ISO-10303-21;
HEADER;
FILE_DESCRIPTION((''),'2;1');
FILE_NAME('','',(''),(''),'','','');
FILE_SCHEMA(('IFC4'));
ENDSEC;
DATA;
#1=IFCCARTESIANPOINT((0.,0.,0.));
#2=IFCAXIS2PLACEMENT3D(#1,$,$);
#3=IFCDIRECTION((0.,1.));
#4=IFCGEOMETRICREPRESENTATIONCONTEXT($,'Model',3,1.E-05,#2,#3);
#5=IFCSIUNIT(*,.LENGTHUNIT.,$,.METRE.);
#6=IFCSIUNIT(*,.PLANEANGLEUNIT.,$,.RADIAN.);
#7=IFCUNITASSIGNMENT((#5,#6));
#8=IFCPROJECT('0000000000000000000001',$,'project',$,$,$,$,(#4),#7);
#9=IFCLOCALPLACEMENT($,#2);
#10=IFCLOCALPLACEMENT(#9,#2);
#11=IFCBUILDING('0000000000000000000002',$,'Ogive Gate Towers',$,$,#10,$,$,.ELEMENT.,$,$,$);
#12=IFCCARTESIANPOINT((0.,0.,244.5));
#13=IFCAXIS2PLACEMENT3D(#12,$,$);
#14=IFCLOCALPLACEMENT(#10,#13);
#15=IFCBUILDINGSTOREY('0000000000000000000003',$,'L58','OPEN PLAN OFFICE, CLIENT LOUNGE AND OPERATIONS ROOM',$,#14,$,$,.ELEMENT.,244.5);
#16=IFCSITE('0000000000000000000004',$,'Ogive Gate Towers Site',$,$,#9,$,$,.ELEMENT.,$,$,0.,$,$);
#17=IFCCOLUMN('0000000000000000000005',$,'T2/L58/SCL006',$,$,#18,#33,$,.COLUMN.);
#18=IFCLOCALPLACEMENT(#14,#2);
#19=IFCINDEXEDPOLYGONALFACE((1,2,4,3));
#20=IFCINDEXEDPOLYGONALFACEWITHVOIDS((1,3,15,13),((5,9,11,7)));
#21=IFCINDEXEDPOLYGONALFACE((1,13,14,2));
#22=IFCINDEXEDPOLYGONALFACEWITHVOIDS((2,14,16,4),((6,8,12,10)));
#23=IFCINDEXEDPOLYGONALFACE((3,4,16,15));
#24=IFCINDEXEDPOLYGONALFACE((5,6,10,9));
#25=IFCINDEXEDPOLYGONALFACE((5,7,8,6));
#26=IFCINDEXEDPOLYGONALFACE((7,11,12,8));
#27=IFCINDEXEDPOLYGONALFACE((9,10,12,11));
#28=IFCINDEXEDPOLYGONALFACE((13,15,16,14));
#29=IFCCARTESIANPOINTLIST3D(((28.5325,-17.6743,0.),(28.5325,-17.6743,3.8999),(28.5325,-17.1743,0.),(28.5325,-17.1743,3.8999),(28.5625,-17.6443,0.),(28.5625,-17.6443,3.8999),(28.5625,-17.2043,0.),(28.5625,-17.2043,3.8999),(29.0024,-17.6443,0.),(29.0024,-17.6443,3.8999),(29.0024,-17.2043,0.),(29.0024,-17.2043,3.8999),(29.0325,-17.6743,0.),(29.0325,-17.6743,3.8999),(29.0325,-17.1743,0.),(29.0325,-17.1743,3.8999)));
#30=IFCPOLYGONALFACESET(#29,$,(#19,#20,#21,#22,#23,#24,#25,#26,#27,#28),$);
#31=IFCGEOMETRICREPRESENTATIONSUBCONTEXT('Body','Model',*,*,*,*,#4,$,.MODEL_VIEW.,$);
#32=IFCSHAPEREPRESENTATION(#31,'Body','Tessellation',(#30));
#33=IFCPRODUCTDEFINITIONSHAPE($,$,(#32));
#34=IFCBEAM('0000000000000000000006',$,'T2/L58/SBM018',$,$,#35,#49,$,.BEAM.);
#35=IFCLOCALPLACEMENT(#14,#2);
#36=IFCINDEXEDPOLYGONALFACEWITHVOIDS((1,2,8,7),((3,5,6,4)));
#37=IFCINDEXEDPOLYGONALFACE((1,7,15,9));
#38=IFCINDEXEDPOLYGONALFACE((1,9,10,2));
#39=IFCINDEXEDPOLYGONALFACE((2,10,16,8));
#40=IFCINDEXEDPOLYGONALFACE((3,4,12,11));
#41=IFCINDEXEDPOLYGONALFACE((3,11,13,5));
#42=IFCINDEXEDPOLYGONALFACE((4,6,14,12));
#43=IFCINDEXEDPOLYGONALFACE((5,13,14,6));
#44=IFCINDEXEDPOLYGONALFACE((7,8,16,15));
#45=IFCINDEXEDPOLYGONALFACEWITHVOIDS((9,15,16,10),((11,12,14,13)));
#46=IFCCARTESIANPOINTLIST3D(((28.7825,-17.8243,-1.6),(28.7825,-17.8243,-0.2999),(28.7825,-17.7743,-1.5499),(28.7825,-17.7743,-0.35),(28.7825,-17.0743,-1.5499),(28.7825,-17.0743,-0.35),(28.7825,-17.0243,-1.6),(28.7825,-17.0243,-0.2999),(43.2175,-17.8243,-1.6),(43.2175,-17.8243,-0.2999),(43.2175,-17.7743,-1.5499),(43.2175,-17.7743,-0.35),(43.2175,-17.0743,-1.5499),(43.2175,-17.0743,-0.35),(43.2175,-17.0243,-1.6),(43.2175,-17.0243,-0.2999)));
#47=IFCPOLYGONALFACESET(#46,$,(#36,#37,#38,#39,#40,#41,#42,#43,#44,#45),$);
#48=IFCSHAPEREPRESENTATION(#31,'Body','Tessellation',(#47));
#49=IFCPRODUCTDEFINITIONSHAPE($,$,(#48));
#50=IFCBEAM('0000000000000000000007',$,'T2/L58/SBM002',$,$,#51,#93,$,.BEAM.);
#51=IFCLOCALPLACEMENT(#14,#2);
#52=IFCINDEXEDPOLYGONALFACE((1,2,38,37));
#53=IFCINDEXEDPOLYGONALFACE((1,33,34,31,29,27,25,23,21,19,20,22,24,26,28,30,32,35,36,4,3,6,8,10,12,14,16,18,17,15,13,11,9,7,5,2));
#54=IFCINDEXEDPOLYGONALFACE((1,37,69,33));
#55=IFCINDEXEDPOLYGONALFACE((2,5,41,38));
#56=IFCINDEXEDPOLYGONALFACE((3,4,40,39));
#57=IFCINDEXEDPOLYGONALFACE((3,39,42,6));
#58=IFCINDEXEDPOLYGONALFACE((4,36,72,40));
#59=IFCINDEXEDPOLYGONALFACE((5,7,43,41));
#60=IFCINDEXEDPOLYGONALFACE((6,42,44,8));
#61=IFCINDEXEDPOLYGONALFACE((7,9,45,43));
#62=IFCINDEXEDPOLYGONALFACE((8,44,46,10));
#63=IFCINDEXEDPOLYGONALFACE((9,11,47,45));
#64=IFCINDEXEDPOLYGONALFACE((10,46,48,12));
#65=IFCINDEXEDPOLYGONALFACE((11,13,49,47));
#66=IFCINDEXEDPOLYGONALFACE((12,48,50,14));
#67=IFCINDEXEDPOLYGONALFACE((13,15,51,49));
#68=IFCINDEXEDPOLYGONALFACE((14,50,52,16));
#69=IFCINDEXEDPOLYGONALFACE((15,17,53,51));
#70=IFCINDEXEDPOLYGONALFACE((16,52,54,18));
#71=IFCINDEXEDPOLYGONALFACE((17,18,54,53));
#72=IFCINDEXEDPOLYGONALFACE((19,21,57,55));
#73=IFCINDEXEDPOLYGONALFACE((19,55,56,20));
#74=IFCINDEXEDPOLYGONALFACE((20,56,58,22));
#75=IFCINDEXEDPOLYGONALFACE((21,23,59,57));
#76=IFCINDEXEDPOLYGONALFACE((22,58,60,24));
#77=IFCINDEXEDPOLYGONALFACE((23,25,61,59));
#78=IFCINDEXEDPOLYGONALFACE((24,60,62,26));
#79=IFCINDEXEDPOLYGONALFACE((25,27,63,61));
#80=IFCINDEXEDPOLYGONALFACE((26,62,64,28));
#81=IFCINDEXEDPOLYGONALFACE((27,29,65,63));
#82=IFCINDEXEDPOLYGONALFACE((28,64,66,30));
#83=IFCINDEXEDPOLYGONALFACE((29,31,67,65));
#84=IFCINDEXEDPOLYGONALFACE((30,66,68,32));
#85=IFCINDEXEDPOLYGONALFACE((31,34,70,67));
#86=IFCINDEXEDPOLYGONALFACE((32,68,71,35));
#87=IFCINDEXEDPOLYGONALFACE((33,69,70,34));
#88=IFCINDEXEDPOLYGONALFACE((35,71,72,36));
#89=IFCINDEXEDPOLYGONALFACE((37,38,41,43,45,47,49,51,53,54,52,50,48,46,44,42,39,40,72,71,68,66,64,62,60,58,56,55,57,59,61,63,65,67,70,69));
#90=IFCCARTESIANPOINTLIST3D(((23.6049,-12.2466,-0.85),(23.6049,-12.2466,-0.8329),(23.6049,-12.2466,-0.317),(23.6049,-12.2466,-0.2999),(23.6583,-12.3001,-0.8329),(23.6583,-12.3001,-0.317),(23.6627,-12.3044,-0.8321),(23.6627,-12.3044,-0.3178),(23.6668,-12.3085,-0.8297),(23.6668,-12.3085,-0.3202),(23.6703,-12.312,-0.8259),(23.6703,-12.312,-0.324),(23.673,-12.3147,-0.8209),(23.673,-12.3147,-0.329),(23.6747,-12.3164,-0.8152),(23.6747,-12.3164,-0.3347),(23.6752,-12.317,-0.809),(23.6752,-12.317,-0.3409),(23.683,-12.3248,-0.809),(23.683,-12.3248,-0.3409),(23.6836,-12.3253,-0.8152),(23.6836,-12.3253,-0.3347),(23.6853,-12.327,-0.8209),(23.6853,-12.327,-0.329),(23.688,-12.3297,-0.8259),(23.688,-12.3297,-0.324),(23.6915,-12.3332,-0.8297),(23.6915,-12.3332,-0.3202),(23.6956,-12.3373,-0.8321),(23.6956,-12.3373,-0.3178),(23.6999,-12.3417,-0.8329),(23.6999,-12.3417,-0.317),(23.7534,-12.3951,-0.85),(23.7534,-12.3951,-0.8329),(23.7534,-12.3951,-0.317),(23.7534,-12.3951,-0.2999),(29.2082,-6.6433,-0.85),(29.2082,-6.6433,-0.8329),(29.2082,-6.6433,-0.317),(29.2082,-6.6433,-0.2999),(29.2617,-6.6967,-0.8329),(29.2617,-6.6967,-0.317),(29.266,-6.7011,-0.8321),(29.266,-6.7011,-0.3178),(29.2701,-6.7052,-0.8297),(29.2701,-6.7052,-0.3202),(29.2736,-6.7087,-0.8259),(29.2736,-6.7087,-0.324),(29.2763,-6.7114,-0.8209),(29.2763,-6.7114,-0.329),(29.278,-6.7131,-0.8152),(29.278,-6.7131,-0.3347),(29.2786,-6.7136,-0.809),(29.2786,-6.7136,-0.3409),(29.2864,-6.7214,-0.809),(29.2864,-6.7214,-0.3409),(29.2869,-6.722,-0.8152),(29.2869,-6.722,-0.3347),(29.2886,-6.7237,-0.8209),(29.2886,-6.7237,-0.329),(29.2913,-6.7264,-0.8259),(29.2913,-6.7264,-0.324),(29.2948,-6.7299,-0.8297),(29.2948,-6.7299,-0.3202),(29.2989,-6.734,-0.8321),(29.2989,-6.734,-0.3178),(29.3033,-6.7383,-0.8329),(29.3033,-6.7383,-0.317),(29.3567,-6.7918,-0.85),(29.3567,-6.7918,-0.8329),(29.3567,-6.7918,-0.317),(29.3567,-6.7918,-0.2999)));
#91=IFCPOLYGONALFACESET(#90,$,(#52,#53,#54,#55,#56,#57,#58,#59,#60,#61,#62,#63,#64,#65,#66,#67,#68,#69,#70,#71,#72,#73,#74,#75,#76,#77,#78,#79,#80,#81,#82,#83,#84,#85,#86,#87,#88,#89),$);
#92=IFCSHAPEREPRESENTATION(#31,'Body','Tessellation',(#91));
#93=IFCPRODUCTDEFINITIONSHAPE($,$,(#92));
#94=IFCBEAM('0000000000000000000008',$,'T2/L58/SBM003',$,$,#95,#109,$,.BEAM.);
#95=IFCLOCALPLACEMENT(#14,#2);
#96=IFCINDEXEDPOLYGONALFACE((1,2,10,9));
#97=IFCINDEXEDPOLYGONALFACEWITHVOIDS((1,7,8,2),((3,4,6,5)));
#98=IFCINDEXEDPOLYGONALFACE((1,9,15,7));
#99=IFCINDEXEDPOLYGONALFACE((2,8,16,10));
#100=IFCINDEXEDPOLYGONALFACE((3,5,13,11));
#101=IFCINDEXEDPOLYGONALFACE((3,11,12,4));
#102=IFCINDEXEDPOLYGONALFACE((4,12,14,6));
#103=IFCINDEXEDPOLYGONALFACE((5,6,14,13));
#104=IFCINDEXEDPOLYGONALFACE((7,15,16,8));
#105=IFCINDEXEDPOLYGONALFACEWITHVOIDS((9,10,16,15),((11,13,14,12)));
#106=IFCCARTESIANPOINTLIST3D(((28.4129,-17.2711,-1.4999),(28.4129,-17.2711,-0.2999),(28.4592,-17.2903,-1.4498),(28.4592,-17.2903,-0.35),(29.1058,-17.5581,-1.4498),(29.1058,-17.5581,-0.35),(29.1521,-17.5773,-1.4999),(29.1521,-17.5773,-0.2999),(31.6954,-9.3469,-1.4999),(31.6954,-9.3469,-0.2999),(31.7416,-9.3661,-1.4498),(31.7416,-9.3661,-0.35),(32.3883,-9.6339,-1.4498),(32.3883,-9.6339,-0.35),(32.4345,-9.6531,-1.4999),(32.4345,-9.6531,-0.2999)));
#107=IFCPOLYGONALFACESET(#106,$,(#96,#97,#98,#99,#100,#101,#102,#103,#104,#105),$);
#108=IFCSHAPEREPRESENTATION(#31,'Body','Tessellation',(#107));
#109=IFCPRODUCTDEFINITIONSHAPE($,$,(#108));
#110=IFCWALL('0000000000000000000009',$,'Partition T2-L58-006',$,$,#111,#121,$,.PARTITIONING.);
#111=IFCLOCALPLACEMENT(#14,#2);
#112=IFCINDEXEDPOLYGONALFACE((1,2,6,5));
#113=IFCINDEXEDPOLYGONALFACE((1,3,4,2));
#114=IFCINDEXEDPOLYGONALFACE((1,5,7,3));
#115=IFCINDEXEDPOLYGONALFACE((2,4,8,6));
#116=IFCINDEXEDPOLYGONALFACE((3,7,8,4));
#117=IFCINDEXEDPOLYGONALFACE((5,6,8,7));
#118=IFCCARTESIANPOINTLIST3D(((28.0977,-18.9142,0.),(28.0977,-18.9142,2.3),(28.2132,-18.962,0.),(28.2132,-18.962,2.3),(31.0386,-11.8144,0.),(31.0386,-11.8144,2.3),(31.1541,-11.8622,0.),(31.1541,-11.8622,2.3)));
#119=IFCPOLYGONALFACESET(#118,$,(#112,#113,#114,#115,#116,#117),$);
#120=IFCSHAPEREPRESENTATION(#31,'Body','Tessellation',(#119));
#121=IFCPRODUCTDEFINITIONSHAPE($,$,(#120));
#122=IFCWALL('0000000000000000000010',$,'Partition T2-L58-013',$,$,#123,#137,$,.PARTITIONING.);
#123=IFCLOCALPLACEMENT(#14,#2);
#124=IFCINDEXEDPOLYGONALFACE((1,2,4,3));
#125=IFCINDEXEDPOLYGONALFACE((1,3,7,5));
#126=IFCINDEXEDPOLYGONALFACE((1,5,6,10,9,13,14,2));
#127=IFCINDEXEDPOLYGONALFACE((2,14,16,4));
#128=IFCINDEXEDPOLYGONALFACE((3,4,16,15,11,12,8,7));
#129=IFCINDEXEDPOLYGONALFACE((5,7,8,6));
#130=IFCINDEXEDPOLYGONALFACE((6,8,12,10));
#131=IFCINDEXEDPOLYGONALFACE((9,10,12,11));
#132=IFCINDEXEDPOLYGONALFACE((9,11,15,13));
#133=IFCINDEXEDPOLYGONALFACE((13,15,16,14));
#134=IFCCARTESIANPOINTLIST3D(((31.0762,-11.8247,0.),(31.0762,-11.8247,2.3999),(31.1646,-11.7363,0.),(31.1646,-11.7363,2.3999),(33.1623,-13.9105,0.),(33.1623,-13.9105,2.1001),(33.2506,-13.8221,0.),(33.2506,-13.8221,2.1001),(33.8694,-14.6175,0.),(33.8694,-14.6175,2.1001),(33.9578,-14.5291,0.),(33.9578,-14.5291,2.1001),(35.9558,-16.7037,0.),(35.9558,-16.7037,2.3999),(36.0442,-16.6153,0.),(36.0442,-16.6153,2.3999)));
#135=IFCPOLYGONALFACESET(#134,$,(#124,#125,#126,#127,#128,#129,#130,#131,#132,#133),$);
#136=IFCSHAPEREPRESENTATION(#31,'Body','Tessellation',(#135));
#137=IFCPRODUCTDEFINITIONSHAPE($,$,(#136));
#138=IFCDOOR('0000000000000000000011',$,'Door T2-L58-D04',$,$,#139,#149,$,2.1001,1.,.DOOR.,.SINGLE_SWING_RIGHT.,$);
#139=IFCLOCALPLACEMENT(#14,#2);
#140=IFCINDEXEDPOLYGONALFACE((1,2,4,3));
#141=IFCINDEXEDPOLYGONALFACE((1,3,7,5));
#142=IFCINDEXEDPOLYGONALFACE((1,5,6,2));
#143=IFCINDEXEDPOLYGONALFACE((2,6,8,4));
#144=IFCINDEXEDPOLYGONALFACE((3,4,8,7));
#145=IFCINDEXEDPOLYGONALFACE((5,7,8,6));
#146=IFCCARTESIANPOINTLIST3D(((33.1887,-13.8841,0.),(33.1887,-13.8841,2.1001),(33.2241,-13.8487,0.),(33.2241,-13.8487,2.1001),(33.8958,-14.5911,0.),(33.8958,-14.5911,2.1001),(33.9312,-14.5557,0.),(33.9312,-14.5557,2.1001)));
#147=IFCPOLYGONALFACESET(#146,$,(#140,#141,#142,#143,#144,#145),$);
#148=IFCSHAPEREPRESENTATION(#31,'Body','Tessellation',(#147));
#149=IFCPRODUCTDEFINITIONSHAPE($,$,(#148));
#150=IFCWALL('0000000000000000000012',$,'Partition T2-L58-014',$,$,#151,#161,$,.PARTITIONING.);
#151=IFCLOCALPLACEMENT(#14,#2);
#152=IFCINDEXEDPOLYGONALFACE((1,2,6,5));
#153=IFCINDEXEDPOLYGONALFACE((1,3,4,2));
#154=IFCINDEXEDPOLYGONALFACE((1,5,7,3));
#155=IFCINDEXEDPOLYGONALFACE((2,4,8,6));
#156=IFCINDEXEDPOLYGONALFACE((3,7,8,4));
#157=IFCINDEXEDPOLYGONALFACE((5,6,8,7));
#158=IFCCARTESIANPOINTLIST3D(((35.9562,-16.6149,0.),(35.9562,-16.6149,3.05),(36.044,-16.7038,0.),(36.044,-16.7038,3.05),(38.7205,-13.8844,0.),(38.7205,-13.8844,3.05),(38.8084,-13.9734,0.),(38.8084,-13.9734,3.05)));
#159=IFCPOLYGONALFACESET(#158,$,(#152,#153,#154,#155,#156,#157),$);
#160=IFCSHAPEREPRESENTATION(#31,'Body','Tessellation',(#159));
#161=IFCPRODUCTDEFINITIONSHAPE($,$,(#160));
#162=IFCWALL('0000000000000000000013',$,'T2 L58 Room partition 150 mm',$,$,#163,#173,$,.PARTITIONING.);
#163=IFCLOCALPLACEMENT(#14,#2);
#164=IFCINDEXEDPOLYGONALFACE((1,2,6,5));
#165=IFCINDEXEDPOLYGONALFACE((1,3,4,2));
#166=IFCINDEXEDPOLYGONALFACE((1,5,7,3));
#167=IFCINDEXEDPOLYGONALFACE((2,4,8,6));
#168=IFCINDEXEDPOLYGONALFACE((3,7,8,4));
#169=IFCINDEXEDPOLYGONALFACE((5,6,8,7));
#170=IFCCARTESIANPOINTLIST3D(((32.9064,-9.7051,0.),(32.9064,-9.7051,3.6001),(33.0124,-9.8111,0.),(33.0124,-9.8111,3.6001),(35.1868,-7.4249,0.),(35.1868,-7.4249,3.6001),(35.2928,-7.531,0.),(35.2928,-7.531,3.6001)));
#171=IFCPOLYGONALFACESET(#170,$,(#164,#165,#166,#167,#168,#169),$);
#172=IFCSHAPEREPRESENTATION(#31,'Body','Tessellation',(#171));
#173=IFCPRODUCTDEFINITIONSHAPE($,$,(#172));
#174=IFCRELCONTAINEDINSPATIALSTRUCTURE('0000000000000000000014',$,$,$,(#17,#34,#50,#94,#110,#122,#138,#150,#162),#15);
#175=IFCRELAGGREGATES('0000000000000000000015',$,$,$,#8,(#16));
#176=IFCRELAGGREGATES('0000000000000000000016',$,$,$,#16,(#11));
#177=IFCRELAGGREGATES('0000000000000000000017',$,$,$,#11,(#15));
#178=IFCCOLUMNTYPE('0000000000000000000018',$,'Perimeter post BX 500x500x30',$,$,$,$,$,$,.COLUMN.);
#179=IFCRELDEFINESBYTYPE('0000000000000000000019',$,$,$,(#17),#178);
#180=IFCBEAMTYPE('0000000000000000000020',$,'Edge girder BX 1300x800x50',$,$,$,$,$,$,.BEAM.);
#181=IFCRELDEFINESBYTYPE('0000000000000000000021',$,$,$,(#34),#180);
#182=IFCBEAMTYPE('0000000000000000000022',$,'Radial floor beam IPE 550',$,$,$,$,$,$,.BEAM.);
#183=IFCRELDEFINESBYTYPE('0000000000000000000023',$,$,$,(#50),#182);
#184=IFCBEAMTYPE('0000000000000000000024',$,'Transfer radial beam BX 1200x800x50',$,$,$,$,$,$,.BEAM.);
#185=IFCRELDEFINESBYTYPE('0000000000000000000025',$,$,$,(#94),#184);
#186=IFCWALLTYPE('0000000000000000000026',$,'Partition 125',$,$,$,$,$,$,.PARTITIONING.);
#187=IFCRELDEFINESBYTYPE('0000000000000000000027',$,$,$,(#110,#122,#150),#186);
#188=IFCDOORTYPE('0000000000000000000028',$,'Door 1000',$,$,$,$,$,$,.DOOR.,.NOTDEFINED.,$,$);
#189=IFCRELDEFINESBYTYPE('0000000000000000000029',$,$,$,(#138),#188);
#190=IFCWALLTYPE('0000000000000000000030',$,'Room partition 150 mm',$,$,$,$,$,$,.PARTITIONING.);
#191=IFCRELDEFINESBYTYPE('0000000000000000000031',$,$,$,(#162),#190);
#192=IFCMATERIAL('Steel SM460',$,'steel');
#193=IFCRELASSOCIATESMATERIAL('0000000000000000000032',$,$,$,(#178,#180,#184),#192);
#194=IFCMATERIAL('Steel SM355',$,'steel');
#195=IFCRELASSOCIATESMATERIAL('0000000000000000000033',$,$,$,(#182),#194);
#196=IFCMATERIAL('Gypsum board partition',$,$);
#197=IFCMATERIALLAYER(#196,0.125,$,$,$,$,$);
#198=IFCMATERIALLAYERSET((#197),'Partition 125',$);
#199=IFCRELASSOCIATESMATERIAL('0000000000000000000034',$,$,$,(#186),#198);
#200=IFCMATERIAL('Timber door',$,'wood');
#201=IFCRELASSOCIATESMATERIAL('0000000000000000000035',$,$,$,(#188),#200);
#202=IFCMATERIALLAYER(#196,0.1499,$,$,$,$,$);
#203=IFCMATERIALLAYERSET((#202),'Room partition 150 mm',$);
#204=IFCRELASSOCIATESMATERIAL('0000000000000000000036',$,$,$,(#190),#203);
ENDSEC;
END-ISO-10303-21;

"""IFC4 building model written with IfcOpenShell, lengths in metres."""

from ifc_helpers import new_model, si_unit, direction, frame, frame_2d, origin, origin_2d, place, context, subcontext, project, spatial, rectangle, hollow_rectangle, i_section, extrude, material, layer, layer_set, material_profile, profile_set, type_object, element, fill, save


model = new_model("IFC4")

# Units and contexts
model_context = context("Model", 3, precision=1e-05, world=origin(), true_north=direction((0.0, 1.0)))
body_context = subcontext(model_context, "Body", "Model", "MODEL_VIEW")
ifc_project = project(units=[si_unit("LENGTHUNIT", "METRE"), si_unit("PLANEANGLEUNIT", "RADIAN")], contexts=[model_context])

# Site, building, storey
site_placement = place(None, origin())
site = spatial("IfcSite", under=ifc_project, at=site_placement, Name="Ogive Gate Towers Site", CompositionType="ELEMENT", RefElevation=0.0)
building_placement = place(site_placement, origin())
building = spatial("IfcBuilding", under=site, at=building_placement, Name="Ogive Gate Towers", CompositionType="ELEMENT")
storey_placement = place(building_placement, frame((0.0, 0.0, 244.5)))
storey = spatial("IfcBuildingStorey", under=building, at=storey_placement, Name="L58", Description="OPEN PLAN OFFICE, CLIENT LOUNGE AND OPERATIONS ROOM", CompositionType="ELEMENT", Elevation=244.5)

# Column
ifc_material_1 = material(Name="Steel SM460", Category="steel")
ifc_material_profile_1 = material_profile(ifc_material_1, hollow_rectangle(XDim=0.5, YDim=0.5, WallThickness=0.03, at=origin_2d()), Name="BX 500x500x30")
ifc_profile_set_1 = profile_set([ifc_material_profile_1], Name="Steel SM460")
column_type = type_object("IfcColumnType", Name="Perimeter post BX 500x500x30", PredefinedType="COLUMN", material=ifc_profile_set_1)
column_placement = place(storey_placement, frame((28.7825, -17.4243, 0.0), z_axis=(0.0, 0.0, 1.0), x_axis=(1.0, 0.0, 0.0)))
element("IfcColumn", 1, at=column_placement, inside=storey, type_object=column_type, Name="T2/L58/SCL006", PredefinedType="COLUMN", context=body_context, shape_type="SweptSolid", body=[
    extrude(hollow_rectangle(XDim=0.5, YDim=0.5, WallThickness=0.03, at=origin_2d()), origin(), (0.0, 0.0, 1.0), 3.8999),
])

# Beams
ifc_material_profile_2 = material_profile(ifc_material_1, hollow_rectangle(XDim=0.8, YDim=1.3, WallThickness=0.05, at=origin_2d()), Name="BX 1300x800x50")
ifc_profile_set_2 = profile_set([ifc_material_profile_2], Name="Steel SM460")
beam_type_1 = type_object("IfcBeamType", Name="Edge girder BX 1300x800x50", PredefinedType="BEAM", material=ifc_profile_set_2)
beam_1_placement = place(storey_placement, frame((28.7825, -17.4243, -0.95), z_axis=(1.0, 0.0, 0.0), x_axis=(0.0, 1.0, 0.0)))
element("IfcBeam", 2, at=beam_1_placement, inside=storey, type_object=beam_type_1, Name="T2/L58/SBM018", PredefinedType="BEAM", context=body_context, shape_type="SweptSolid", body=[
    extrude(hollow_rectangle(XDim=0.8, YDim=1.3, WallThickness=0.05, at=origin_2d()), origin(), (0.0, 0.0, 1.0), 14.4351),
])
ifc_material_2 = material(Name="Steel SM355", Category="steel")
ifc_material_profile_3 = material_profile(ifc_material_2, i_section(OverallWidth=0.21, OverallDepth=0.55, WebThickness=0.011, FlangeThickness=0.0171, FilletRadius=0.0239, at=origin_2d()), Name="IPE 550")
ifc_profile_set_3 = profile_set([ifc_material_profile_3], Name="Steel SM355")
beam_type_2 = type_object("IfcBeamType", Name="Radial floor beam IPE 550", PredefinedType="BEAM", material=ifc_profile_set_3)
beam_2_placement = place(storey_placement, frame((29.2825, -6.7175, -0.575), z_axis=(-0.707107, -0.707107, 0.0), x_axis=(0.707107, -0.707107, 0.0)))
element("IfcBeam", 3, at=beam_2_placement, inside=storey, type_object=beam_type_2, Name="T2/L58/SBM002", PredefinedType="BEAM", context=body_context, shape_type="SweptSolid", body=[
    extrude(i_section(OverallWidth=0.21, OverallDepth=0.55, WebThickness=0.011, FlangeThickness=0.0171, FilletRadius=0.0239, at=origin_2d()), origin(), (0.0, 0.0, 1.0), 7.9243),
])
ifc_material_profile_4 = material_profile(ifc_material_1, hollow_rectangle(XDim=0.8, YDim=1.2, WallThickness=0.05, at=origin_2d()), Name="BX 1200x800x50")
ifc_profile_set_4 = profile_set([ifc_material_profile_4], Name="Steel SM460")
beam_type_3 = type_object("IfcBeamType", Name="Transfer radial beam BX 1200x800x50", PredefinedType="BEAM", material=ifc_profile_set_4)
beam_3_placement = place(storey_placement, frame((32.0649, -9.5, -0.8999), z_axis=(-0.382695, -0.923875, 0.0), x_axis=(0.923875, -0.382695, 0.0)))
element("IfcBeam", 4, at=beam_3_placement, inside=storey, type_object=beam_type_3, Name="T2/L58/SBM003", PredefinedType="BEAM", context=body_context, shape_type="SweptSolid", body=[
    extrude(hollow_rectangle(XDim=0.8, YDim=1.2, WallThickness=0.05, at=origin_2d()), origin(), (0.0, 0.0, 1.0), 8.5771),
])

# Wall
ifc_material_3 = material(Name="Gypsum board partition")
ifc_layer_1 = layer(ifc_material_3, 0.125)
ifc_layer_set_1 = layer_set([ifc_layer_1], Name="Partition 125")
wall_type_1 = type_object("IfcWallType", Name="Partition 125", PredefinedType="PARTITIONING", material=ifc_layer_set_1)
wall_1_placement = place(storey_placement, frame((28.1555, -18.938, 0.0), z_axis=(0.0, 0.0, 1.0), x_axis=(0.38269, 0.923877, 0.0)))
element("IfcWall", 5, at=wall_1_placement, inside=storey, type_object=wall_type_1, Name="Partition T2-L58-006", PredefinedType="PARTITIONING", context=body_context, shape_type="SweptSolid", body=[
    extrude(rectangle(XDim=7.6848, YDim=0.125, at=frame_2d((3.8423, 0.0))), origin(), (0.0, 0.0, 1.0), 2.3),
])

# Wall, opening, door
wall_2_placement = place(storey_placement, frame((31.1204, -11.7805, 0.0), z_axis=(0.0, 0.0, 1.0), x_axis=(0.70716, -0.707054, 0.0)))
wall_2 = element("IfcWall", 6, at=wall_2_placement, inside=storey, type_object=wall_type_1, Name="Partition T2-L58-013", PredefinedType="PARTITIONING", context=body_context, shape_type="SweptSolid", body=[
    extrude(rectangle(XDim=6.9004, YDim=0.125, at=frame_2d((3.4502, 0.0))), origin(), (0.0, 0.0, 1.0), 2.3999),
])
opening_1_placement = place(wall_2_placement, frame((2.95, 0.0, 0.0)))
opening_1 = element("IfcOpeningElement", 7, at=opening_1_placement, cuts=wall_2, PredefinedType="OPENING", context=body_context, shape_type="SweptSolid", body=[
    extrude(rectangle(XDim=1.0, YDim=2.1001, at=frame_2d((0.5, 1.05))), frame((0.0, 0.0725, 0.0), z_axis=(0.0, -1.0, 0.0), x_axis=(1.0, 0.0, 0.0)), (0.0, 0.0, 1.0), 0.145),
])
ifc_material_4 = material(Name="Timber door", Category="wood")
door_type_1 = type_object("IfcDoorType", Name="Door 1000", OperationType="NOTDEFINED", PredefinedType="DOOR", material=ifc_material_4)
door_1_placement = place(opening_1_placement, origin())
door_1 = element("IfcDoor", 8, at=door_1_placement, inside=storey, type_object=door_type_1, Name="Door T2-L58-D04", OperationType="SINGLE_SWING_RIGHT", OverallHeight=2.1001, OverallWidth=1.0, PredefinedType="DOOR", context=body_context, shape_type="SweptSolid", body=[
    extrude(rectangle(XDim=1.0, YDim=2.1001, at=frame_2d((0.5, 1.05))), frame((0.0, 0.0249, 0.0), z_axis=(0.0, -1.0, 0.0), x_axis=(1.0, 0.0, 0.0)), (0.0, 0.0, 1.0), 0.05),
])
fill(opening_1, door_1)

# Walls
wall_3_placement = place(storey_placement, frame((36.0, -16.6594, 0.0), z_axis=(0.0, 0.0, 1.0), x_axis=(0.71146, 0.702726, 0.0)))
element("IfcWall", 9, at=wall_3_placement, inside=storey, type_object=wall_type_1, Name="Partition T2-L58-014", PredefinedType="PARTITIONING", context=body_context, shape_type="SweptSolid", body=[
    extrude(rectangle(XDim=3.8855, YDim=0.125, at=frame_2d((1.9429, 0.0))), origin(), (0.0, 0.0, 1.0), 3.05),
])
ifc_layer_2 = layer(ifc_material_3, 0.1499)
ifc_layer_set_2 = layer_set([ifc_layer_2], Name="Room partition 150 mm")
wall_type_2 = type_object("IfcWallType", Name="Room partition 150 mm", PredefinedType="PARTITIONING", material=ifc_layer_set_2)
wall_4_placement = place(storey_placement, frame((32.9595, -9.7581, 0.0), z_axis=(0.0, 0.0, 1.0), x_axis=(0.707145, 0.707069, 0.0)))
element("IfcWall", 10, at=wall_4_placement, inside=storey, type_object=wall_type_2, Name="T2 L58 Room partition 150 mm", PredefinedType="PARTITIONING", context=body_context, shape_type="SweptSolid", body=[
    extrude(rectangle(XDim=3.2249, YDim=0.1499, at=frame_2d((1.6123, 0.0))), origin(), (0.0, 0.0, 1.0), 3.6001),
])

save(model, "model.ifc")
